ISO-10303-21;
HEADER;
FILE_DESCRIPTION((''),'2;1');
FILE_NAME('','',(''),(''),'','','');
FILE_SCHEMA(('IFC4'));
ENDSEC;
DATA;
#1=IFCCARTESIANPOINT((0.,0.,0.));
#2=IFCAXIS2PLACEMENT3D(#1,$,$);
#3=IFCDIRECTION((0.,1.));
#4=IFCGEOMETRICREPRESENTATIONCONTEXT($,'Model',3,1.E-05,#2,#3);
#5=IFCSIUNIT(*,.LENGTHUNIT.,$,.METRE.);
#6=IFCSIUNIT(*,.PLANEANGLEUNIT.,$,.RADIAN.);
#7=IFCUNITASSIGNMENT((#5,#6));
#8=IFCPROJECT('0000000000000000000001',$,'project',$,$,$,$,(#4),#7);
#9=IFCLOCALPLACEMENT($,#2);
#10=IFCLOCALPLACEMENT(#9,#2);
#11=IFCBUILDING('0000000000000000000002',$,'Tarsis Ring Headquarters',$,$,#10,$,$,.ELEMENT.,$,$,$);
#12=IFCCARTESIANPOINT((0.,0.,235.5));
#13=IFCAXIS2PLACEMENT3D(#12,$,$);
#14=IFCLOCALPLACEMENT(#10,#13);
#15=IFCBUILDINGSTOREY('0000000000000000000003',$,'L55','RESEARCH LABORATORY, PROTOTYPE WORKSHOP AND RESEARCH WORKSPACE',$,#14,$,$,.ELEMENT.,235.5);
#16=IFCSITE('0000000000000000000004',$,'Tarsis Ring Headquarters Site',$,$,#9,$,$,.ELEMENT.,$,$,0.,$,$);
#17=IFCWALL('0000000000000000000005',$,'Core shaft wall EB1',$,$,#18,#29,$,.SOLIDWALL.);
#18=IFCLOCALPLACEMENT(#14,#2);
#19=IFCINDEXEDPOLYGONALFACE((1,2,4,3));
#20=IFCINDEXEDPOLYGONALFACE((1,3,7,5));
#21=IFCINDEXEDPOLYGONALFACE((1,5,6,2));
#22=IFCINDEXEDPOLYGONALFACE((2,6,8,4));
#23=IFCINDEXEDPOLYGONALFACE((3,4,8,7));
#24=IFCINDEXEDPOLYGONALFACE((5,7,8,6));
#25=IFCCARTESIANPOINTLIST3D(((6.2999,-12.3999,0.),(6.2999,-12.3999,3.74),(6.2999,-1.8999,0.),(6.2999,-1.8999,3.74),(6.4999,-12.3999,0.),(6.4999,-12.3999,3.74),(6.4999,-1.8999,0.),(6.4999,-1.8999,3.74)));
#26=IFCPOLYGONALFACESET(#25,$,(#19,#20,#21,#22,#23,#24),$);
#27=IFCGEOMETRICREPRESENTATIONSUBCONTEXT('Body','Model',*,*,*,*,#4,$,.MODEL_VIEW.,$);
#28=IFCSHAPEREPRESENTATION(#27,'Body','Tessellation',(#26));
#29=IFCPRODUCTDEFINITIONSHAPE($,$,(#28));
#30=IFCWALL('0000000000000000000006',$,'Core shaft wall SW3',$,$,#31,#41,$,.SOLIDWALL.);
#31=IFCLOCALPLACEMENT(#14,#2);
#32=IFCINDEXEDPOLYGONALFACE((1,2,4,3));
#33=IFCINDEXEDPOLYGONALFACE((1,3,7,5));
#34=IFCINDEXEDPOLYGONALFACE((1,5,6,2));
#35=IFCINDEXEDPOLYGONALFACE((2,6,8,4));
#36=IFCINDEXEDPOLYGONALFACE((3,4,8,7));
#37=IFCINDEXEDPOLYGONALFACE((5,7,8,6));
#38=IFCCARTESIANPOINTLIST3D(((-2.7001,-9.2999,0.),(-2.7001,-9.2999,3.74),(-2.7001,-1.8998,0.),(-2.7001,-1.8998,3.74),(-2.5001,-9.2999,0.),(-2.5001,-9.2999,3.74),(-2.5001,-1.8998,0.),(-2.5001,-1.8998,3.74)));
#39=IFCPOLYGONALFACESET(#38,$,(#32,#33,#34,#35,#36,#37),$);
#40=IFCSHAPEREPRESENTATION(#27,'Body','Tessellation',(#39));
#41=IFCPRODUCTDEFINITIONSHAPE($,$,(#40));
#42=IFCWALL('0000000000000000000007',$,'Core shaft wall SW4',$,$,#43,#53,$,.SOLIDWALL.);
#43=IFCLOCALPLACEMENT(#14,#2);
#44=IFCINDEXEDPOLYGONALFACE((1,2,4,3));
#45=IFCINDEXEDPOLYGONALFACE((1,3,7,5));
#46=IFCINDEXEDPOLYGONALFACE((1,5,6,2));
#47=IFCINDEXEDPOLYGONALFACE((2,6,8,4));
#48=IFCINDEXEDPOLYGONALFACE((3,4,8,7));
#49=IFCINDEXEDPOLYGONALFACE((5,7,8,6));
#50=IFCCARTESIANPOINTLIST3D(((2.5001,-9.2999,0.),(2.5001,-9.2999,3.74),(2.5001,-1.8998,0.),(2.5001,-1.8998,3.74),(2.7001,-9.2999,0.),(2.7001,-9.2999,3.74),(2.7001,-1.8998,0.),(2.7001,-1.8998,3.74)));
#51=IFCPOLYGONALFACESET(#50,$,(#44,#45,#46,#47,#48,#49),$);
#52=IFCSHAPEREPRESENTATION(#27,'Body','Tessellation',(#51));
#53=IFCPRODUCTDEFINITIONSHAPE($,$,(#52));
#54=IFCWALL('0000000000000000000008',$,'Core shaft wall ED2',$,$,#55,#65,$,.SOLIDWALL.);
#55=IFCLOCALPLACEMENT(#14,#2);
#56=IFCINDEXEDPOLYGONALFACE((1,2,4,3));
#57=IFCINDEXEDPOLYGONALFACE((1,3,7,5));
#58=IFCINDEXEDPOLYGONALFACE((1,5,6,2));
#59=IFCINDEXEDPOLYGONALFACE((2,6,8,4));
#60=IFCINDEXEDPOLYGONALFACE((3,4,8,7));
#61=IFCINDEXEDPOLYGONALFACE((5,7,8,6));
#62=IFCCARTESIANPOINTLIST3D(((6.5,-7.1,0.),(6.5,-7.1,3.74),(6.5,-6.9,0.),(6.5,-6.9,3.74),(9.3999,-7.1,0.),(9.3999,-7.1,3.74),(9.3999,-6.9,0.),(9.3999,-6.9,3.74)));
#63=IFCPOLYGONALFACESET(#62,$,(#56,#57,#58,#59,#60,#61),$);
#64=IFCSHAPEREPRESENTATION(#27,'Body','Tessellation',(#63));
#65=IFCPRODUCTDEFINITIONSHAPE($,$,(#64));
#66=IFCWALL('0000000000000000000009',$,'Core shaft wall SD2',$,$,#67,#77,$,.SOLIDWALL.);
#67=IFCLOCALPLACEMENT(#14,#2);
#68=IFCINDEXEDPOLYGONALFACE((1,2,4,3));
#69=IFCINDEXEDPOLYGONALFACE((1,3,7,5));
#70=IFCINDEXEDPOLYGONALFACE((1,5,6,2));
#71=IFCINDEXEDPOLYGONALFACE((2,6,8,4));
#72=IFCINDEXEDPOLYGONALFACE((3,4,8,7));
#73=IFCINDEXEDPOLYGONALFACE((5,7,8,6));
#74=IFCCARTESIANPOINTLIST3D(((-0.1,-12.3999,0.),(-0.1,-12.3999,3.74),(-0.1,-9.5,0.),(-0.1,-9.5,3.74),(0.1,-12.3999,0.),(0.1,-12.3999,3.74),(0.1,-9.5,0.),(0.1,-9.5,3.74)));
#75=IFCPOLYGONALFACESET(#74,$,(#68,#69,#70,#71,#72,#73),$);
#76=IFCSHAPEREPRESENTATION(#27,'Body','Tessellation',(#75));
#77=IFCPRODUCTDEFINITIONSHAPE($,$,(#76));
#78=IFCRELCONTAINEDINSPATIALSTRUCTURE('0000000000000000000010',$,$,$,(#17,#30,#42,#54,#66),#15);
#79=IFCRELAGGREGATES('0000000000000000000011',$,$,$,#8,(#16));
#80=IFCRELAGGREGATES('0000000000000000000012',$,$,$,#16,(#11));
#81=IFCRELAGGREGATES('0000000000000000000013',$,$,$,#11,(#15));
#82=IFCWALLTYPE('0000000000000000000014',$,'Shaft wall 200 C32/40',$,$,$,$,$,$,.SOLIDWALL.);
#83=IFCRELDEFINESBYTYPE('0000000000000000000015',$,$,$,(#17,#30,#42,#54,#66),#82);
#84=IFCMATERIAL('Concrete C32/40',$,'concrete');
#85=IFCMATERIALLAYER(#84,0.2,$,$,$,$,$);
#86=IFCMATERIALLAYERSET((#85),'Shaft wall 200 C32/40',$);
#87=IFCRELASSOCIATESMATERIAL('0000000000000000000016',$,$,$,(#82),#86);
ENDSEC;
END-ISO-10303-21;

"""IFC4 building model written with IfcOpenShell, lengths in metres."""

from ifc_helpers import new_model, si_unit, direction, frame, frame_2d, origin, place, context, subcontext, project, spatial, rectangle, extrude, material, layer, layer_set, type_object, element, save


model = new_model("IFC4")

# Units and contexts
model_context = context("Model", 3, precision=1e-05, world=origin(), true_north=direction((0.0, 1.0)))
body_context = subcontext(model_context, "Body", "Model", "MODEL_VIEW")
ifc_project = project(units=[si_unit("LENGTHUNIT", "METRE"), si_unit("PLANEANGLEUNIT", "RADIAN")], contexts=[model_context])

# Site, building, storey
site_placement = place(None, origin())
site = spatial("IfcSite", under=ifc_project, at=site_placement, Name="Tarsis Ring Headquarters Site", CompositionType="ELEMENT", RefElevation=0.0)
building_placement = place(site_placement, origin())
building = spatial("IfcBuilding", under=site, at=building_placement, Name="Tarsis Ring Headquarters", CompositionType="ELEMENT")
storey_placement = place(building_placement, frame((0.0, 0.0, 235.5)))
storey = spatial("IfcBuildingStorey", under=building, at=storey_placement, Name="L55", Description="RESEARCH LABORATORY, PROTOTYPE WORKSHOP AND RESEARCH WORKSPACE", CompositionType="ELEMENT", Elevation=235.5)

# Walls
ifc_material_1 = material(Name="Concrete C32/40", Category="concrete")
ifc_layer_1 = layer(ifc_material_1, 0.2)
ifc_layer_set_1 = layer_set([ifc_layer_1], Name="Shaft wall 200 C32/40")
wall_type_1 = type_object("IfcWallType", Name="Shaft wall 200 C32/40", PredefinedType="SOLIDWALL", material=ifc_layer_set_1)
wall_1_placement = place(storey_placement, frame((6.3999, -12.3999, 0.0), z_axis=(0.0, 0.0, 1.0), x_axis=(0.0, 1.0, 0.0)))
element("IfcWall", 1, at=wall_1_placement, inside=storey, type_object=wall_type_1, Name="Core shaft wall EB1", PredefinedType="SOLIDWALL", context=body_context, shape_type="SweptSolid", body=[
    extrude(rectangle(XDim=10.5, YDim=0.2, at=frame_2d((5.25, 0.0))), origin(), (0.0, 0.0, 1.0), 3.74),
])
for number, where, z_axis, x_axis, name in (
    (2, (-2.6001, -9.3, 0.0), (0.0, 0.0, 1.0), (0.0, 1.0, 0.0), "Core shaft wall SW3"),
    (3, (2.6001, -9.3, 0.0), (0.0, 0.0, 1.0), (0.0, 1.0, 0.0), "Core shaft wall SW4"),
):
    element("IfcWall", number, at=place(storey_placement, frame(where, z_axis=z_axis, x_axis=x_axis)), inside=storey, type_object=wall_type_1, Name=name, PredefinedType="SOLIDWALL", context=body_context, shape_type="SweptSolid", body=[
        extrude(rectangle(XDim=7.4001, YDim=0.2, at=frame_2d((3.7002, 0.0))), origin(), (0.0, 0.0, 1.0), 3.74),
    ])
for number, where, z_axis, x_axis, name in (
    (4, (6.5, -7.0, 0.0), (0.0, 0.0, 1.0), (1.0, 0.0, 0.0), "Core shaft wall ED2"),
    (5, (0.0, -12.3999, 0.0), (0.0, 0.0, 1.0), (0.0, 1.0, 0.0), "Core shaft wall SD2"),
):
    element("IfcWall", number, at=place(storey_placement, frame(where, z_axis=z_axis, x_axis=x_axis)), inside=storey, type_object=wall_type_1, Name=name, PredefinedType="SOLIDWALL", context=body_context, shape_type="SweptSolid", body=[
        extrude(rectangle(XDim=2.8999, YDim=0.2, at=frame_2d((1.45, 0.0))), origin(), (0.0, 0.0, 1.0), 3.74),
    ])

save(model, "model.ifc")
